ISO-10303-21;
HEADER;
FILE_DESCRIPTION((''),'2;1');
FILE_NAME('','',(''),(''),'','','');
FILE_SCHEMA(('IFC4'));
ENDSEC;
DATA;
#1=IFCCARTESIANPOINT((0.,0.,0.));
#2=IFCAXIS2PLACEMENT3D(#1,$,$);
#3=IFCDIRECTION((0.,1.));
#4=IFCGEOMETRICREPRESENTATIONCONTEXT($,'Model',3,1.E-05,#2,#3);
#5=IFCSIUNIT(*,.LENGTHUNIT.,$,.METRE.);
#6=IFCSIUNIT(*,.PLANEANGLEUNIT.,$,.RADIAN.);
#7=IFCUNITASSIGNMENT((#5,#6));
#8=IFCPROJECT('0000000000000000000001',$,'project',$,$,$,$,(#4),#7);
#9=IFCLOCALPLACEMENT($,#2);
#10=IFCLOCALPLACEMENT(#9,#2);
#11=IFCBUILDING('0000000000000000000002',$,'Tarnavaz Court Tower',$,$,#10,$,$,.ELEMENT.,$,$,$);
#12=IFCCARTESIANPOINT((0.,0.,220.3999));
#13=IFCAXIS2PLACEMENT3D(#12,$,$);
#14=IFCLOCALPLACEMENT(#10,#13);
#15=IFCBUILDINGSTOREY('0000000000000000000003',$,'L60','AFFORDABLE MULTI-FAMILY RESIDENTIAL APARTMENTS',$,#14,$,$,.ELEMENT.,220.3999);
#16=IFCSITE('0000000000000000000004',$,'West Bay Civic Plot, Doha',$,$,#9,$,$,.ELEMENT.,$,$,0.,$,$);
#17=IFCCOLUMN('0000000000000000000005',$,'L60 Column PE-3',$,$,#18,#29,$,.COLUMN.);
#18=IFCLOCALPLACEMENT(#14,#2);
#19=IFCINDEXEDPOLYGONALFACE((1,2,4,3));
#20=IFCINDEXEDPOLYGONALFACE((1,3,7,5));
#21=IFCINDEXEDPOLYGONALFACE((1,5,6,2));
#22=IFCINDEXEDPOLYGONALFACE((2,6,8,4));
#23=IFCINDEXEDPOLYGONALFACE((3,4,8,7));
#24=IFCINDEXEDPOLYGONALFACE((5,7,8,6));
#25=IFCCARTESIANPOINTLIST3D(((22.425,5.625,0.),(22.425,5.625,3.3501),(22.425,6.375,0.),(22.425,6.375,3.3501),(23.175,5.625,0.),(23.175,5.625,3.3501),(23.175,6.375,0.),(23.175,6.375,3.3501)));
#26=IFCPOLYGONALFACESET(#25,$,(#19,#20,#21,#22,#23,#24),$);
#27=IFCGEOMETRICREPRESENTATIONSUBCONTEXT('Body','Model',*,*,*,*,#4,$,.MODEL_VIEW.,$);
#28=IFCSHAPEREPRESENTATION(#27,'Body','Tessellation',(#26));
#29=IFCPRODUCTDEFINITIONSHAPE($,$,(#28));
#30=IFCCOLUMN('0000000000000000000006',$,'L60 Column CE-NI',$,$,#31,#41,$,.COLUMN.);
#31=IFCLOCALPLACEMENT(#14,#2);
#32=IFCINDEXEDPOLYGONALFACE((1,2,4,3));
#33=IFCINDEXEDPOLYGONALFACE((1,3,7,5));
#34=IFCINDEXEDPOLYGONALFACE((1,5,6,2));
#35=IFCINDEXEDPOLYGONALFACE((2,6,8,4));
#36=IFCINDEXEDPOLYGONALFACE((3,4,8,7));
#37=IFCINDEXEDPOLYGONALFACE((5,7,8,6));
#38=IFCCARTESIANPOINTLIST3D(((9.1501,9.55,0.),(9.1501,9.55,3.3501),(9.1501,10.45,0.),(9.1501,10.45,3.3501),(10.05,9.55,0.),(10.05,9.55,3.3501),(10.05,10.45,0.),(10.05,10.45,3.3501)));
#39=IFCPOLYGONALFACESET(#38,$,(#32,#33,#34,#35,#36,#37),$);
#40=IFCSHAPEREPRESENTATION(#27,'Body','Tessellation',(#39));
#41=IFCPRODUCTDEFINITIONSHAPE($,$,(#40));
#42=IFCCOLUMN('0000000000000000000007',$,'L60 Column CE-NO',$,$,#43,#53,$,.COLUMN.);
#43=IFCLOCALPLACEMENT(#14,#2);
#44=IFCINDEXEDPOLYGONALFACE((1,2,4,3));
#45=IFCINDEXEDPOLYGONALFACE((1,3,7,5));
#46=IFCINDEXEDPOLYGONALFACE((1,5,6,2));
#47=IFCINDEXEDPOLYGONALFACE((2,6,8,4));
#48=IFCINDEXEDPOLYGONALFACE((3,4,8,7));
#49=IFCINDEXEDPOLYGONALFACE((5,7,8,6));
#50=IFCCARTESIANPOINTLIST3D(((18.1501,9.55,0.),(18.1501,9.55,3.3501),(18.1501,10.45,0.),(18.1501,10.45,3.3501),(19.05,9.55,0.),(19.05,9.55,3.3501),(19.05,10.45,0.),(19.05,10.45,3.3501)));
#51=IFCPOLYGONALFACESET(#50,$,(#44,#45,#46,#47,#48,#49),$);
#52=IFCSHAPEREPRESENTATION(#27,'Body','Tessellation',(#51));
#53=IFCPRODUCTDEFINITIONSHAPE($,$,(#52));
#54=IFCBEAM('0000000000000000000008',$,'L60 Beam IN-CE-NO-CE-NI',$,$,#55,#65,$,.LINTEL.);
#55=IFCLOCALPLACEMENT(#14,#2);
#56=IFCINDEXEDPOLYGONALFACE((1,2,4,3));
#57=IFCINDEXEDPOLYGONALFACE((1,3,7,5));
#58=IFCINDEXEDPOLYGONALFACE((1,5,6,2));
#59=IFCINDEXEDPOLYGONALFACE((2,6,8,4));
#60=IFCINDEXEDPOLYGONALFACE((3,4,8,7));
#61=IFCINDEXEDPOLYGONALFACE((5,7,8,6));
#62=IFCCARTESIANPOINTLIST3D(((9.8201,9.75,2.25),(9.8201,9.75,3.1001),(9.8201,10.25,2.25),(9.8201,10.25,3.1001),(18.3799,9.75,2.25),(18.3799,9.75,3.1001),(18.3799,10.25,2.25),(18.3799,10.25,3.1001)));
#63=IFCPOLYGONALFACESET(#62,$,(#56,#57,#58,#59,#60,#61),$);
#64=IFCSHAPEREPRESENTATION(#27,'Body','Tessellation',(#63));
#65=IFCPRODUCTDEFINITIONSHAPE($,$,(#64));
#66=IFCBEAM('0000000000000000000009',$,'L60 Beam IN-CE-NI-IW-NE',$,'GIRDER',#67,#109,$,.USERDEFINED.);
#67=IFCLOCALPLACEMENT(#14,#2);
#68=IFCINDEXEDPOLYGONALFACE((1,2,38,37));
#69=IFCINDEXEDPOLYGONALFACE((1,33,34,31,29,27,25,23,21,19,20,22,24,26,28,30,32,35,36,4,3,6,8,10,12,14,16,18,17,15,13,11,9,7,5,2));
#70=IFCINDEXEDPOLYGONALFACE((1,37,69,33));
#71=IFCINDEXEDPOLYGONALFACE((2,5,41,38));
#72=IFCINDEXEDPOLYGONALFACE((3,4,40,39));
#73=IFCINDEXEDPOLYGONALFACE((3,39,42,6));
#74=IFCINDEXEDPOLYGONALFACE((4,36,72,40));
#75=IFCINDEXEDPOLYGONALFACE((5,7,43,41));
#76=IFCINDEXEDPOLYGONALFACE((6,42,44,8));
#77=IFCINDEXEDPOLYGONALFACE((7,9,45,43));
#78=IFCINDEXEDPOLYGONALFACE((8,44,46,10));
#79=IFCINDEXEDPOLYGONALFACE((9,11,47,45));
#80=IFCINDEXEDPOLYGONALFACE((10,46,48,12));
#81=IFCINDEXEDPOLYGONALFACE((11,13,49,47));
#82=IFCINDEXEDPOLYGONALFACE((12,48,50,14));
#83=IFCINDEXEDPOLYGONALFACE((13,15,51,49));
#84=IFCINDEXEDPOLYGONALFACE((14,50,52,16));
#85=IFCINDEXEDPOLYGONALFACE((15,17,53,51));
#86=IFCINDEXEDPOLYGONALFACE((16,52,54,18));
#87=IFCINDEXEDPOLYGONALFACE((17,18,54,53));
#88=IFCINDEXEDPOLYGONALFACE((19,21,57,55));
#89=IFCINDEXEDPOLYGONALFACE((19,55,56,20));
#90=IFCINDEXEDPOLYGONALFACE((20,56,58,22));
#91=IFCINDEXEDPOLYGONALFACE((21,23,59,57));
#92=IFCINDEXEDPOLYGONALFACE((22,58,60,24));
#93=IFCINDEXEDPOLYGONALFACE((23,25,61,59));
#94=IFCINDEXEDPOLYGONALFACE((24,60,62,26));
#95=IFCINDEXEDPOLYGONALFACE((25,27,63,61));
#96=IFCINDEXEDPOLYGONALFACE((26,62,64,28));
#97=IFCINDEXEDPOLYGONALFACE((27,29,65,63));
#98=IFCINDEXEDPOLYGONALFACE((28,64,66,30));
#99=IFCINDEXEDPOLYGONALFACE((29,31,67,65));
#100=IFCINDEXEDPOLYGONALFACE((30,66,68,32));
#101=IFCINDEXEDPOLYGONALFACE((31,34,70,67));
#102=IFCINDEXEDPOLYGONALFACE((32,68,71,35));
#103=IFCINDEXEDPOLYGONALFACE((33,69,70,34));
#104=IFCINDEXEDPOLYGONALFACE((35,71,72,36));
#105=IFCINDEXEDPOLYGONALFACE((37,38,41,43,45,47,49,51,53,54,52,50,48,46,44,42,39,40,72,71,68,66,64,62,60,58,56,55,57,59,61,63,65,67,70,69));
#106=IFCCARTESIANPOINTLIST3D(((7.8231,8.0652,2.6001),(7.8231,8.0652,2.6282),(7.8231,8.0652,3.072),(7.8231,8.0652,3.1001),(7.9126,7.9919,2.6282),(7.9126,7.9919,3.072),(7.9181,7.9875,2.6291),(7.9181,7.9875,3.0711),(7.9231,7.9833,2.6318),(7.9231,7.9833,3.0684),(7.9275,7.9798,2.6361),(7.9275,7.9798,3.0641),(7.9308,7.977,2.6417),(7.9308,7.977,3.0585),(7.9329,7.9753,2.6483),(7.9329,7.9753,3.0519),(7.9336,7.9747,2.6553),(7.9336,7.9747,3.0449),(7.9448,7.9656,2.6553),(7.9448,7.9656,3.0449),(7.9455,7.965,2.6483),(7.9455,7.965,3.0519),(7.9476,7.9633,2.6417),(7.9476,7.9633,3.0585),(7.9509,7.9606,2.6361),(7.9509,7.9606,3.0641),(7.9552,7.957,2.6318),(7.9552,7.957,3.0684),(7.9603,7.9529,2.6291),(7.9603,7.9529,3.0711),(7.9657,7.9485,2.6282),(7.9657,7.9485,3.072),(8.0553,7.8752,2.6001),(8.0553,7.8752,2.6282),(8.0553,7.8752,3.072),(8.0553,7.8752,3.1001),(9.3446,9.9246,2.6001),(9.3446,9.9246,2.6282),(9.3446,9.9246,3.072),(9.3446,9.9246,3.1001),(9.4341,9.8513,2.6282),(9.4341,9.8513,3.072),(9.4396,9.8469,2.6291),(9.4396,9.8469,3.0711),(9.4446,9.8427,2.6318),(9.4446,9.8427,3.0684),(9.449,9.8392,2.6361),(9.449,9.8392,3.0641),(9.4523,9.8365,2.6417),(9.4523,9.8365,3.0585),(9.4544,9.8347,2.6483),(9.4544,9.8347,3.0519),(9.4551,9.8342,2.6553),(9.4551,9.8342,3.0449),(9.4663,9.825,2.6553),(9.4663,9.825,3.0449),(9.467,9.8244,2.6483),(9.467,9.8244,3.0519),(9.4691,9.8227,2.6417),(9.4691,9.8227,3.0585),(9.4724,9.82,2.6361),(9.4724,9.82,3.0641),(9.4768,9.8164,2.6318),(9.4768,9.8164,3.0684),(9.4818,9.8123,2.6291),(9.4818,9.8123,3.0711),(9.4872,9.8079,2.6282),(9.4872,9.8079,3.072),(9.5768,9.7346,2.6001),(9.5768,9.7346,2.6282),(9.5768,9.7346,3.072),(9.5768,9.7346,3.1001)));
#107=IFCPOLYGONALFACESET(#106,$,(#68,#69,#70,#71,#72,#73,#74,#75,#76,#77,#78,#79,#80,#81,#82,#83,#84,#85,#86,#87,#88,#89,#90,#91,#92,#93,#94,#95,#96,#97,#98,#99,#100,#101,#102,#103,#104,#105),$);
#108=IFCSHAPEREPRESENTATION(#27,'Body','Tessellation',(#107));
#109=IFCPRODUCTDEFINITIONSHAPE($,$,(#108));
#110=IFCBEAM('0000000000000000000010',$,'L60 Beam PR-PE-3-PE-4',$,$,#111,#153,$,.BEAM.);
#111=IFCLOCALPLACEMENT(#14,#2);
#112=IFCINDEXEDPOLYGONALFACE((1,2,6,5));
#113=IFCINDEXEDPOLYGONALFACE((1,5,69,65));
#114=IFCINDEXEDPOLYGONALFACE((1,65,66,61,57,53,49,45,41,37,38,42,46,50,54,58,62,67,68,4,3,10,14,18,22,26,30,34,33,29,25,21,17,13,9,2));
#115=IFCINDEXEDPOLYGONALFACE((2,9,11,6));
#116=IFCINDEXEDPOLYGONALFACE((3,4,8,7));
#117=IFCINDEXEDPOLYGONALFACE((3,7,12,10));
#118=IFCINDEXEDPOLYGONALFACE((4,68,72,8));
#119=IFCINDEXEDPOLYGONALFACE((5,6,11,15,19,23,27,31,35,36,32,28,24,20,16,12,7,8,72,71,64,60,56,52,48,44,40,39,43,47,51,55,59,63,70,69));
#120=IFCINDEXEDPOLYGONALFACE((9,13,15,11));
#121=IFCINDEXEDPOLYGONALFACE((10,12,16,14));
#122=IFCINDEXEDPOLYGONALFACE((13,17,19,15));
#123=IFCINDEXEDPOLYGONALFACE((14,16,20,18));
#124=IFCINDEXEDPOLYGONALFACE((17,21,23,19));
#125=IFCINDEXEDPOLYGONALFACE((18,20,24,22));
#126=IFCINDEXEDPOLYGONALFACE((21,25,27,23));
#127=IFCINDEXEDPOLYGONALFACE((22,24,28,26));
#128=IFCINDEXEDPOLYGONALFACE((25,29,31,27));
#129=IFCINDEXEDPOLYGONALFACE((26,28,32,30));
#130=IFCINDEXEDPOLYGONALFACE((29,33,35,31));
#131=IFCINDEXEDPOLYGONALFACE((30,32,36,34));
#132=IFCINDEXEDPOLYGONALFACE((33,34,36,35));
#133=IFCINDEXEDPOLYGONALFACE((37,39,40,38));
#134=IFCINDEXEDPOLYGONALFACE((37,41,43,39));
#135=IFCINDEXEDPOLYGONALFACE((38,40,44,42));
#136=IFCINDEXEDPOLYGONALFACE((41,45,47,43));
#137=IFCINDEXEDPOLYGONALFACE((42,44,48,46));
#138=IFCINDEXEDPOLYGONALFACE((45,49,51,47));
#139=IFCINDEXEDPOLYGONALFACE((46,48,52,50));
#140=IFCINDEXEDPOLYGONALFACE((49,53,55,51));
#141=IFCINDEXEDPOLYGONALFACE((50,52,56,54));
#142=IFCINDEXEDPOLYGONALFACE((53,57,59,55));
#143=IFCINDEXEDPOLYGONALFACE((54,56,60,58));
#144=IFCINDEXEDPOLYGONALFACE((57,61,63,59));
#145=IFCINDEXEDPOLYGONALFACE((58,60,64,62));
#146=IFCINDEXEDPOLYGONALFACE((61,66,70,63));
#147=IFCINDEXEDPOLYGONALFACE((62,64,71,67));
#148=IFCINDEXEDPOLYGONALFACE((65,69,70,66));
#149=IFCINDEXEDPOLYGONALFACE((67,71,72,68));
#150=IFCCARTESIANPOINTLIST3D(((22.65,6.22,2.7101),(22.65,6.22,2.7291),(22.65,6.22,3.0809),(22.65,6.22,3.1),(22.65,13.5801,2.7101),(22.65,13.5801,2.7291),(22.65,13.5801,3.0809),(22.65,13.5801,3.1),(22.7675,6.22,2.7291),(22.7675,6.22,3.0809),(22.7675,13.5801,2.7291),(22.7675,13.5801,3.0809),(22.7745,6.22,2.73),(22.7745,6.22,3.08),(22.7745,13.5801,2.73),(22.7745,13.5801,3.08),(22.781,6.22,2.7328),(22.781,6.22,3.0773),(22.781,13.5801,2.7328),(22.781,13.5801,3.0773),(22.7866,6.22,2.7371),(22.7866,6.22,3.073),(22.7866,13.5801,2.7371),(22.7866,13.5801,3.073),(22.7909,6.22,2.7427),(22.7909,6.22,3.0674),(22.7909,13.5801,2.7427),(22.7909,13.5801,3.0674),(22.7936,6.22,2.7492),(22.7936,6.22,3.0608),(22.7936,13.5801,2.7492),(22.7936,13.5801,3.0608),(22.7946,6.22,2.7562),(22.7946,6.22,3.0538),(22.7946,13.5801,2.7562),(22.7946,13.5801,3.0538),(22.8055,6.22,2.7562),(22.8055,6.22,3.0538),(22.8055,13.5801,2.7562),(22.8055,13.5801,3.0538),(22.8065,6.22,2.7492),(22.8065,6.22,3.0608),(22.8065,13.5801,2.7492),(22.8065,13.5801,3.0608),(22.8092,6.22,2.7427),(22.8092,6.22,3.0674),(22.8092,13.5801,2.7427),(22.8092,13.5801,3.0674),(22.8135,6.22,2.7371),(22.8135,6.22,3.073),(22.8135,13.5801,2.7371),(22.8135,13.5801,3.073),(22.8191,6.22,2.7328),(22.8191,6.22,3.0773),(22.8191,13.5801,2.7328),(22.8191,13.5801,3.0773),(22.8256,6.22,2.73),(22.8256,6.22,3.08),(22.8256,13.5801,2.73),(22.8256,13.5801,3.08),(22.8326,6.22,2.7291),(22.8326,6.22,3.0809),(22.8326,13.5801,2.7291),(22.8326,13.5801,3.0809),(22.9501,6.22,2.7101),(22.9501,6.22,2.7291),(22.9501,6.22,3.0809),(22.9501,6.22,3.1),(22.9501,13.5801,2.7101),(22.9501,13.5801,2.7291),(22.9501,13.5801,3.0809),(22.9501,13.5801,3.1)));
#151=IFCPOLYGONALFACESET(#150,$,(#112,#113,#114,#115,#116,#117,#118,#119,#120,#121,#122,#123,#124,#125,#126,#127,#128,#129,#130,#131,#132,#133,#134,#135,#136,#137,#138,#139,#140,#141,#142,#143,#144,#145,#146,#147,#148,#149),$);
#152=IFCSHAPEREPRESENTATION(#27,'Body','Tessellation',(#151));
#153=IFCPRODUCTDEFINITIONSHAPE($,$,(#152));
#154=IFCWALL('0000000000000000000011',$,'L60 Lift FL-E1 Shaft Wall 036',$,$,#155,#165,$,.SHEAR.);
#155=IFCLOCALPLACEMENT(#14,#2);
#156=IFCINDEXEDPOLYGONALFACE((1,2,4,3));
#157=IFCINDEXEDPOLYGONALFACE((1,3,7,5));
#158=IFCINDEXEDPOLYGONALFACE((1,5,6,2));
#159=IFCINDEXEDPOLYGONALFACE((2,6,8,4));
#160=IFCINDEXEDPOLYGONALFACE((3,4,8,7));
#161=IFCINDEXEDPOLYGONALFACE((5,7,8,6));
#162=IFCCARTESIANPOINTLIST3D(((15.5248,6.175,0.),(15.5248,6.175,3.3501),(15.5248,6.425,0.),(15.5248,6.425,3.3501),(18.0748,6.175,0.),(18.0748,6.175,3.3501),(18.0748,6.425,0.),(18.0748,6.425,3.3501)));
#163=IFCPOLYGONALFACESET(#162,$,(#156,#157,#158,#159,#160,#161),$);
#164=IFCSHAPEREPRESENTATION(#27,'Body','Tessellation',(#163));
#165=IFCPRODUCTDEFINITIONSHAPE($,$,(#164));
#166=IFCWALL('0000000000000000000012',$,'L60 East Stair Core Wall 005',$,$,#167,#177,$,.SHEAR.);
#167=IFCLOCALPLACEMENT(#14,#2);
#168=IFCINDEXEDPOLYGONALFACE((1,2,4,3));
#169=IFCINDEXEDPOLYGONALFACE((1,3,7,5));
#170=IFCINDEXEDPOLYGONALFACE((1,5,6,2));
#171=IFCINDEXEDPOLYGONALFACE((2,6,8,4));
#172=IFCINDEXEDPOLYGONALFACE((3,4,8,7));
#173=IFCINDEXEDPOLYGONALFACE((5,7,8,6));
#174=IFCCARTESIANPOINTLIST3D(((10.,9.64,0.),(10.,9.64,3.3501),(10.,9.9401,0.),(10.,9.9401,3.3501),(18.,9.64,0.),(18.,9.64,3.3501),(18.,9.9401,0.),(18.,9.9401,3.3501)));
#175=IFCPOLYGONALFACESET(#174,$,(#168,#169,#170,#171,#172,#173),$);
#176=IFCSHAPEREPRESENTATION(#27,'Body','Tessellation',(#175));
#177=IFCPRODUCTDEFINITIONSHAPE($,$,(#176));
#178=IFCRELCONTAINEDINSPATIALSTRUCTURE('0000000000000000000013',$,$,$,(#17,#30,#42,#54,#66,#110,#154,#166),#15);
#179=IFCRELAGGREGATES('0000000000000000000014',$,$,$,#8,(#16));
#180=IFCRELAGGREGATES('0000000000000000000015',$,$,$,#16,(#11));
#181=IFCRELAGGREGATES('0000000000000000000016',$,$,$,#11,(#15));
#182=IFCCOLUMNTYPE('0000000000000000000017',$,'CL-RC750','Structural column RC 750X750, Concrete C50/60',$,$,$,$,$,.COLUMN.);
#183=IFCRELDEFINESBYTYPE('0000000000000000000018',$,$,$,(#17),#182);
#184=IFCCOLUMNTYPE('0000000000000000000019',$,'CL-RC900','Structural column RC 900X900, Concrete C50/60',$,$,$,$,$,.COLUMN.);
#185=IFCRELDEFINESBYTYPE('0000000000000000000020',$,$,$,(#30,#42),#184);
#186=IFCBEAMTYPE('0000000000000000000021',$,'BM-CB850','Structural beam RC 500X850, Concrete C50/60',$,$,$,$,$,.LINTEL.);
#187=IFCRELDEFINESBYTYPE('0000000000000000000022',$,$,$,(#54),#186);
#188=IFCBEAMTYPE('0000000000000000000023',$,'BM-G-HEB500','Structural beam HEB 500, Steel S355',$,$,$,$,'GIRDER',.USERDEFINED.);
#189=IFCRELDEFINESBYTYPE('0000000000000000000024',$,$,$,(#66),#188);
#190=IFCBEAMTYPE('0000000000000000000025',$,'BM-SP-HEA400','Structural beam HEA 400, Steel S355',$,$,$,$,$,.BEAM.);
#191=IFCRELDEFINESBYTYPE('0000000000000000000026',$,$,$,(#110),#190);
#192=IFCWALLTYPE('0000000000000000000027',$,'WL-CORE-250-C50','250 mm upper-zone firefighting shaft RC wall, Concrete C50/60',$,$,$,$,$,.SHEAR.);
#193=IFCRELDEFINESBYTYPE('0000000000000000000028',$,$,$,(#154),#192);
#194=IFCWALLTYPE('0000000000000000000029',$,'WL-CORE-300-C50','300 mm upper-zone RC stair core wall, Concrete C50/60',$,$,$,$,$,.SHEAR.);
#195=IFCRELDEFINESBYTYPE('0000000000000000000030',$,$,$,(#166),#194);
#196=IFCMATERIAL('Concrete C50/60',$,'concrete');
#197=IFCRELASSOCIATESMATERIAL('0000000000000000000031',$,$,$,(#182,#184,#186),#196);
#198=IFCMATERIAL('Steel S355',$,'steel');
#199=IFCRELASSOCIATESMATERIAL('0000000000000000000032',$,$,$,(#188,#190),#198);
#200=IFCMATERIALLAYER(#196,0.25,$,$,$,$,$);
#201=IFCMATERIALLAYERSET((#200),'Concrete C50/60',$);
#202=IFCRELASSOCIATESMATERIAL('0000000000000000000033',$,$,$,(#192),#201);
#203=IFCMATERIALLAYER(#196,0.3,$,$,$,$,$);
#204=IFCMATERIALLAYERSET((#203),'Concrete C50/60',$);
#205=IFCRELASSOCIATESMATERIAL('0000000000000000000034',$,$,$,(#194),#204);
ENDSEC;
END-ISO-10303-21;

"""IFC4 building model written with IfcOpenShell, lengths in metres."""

from ifc_helpers import new_model, si_unit, direction, frame, frame_2d, origin, origin_2d, place, context, subcontext, project, spatial, rectangle, i_section, extrude, material, layer, layer_set, material_profile, profile_set, type_object, element, save


model = new_model("IFC4")

# Units and contexts
model_context = context("Model", 3, precision=1e-05, world=origin(), true_north=direction((0.0, 1.0)))
body_context = subcontext(model_context, "Body", "Model", "MODEL_VIEW")
ifc_project = project(units=[si_unit("LENGTHUNIT", "METRE"), si_unit("PLANEANGLEUNIT", "RADIAN")], contexts=[model_context])

# Site, building, storey
site_placement = place(None, origin())
site = spatial("IfcSite", under=ifc_project, at=site_placement, Name="West Bay Civic Plot, Doha", CompositionType="ELEMENT", RefElevation=0.0)
building_placement = place(site_placement, origin())
building = spatial("IfcBuilding", under=site, at=building_placement, Name="Tarnavaz Court Tower", CompositionType="ELEMENT")
storey_placement = place(building_placement, frame((0.0, 0.0, 220.3999)))
storey = spatial("IfcBuildingStorey", under=building, at=storey_placement, Name="L60", Description="AFFORDABLE MULTI-FAMILY RESIDENTIAL APARTMENTS", CompositionType="ELEMENT", Elevation=220.3999)

# Columns
ifc_material_1 = material(Name="Concrete C50/60", Category="concrete")
ifc_material_profile_1 = material_profile(ifc_material_1, rectangle(XDim=0.75, YDim=0.75, at=origin_2d()), Name="RC 750X750")
ifc_profile_set_1 = profile_set([ifc_material_profile_1], Name="Concrete C50/60")
column_type_1 = type_object("IfcColumnType", Name="CL-RC750", Description="Structural column RC 750X750, Concrete C50/60", PredefinedType="COLUMN", material=ifc_profile_set_1)
column_placement = place(storey_placement, frame((22.8, 6.0, 0.0), z_axis=(0.0, 0.0, 1.0), x_axis=(1.0, 0.0, 0.0)))
element("IfcColumn", 1, at=column_placement, inside=storey, type_object=column_type_1, Name="L60 Column PE-3", PredefinedType="COLUMN", context=body_context, shape_type="SweptSolid", body=[
    extrude(rectangle(XDim=0.75, YDim=0.75, at=origin_2d()), origin(), (0.0, 0.0, 1.0), 3.3501),
])
ifc_material_profile_2 = material_profile(ifc_material_1, rectangle(XDim=0.8999, YDim=0.8999, at=origin_2d()), Name="RC 900X900")
ifc_profile_set_2 = profile_set([ifc_material_profile_2], Name="Concrete C50/60")
column_type_2 = type_object("IfcColumnType", Name="CL-RC900", Description="Structural column RC 900X900, Concrete C50/60", PredefinedType="COLUMN", material=ifc_profile_set_2)
for number, where, z_axis, x_axis, name in (
    (2, (9.6001, 10.0, 0.0), (0.0, 0.0, 1.0), (1.0, 0.0, 0.0), "L60 Column CE-NI"),
    (3, (18.6001, 10.0, 0.0), (0.0, 0.0, 1.0), (1.0, 0.0, 0.0), "L60 Column CE-NO"),
):
    element("IfcColumn", number, at=place(storey_placement, frame(where, z_axis=z_axis, x_axis=x_axis)), inside=storey, type_object=column_type_2, Name=name, PredefinedType="COLUMN", context=body_context, shape_type="SweptSolid", body=[
        extrude(rectangle(XDim=0.8999, YDim=0.8999, at=origin_2d()), origin(), (0.0, 0.0, 1.0), 3.3501),
    ])

# Beams
ifc_material_profile_3 = material_profile(ifc_material_1, rectangle(XDim=0.5, YDim=0.8501, at=origin_2d()), Name="RC 500X850")
ifc_profile_set_3 = profile_set([ifc_material_profile_3], Name="Concrete C50/60")
beam_type_1 = type_object("IfcBeamType", Name="BM-CB850", Description="Structural beam RC 500X850, Concrete C50/60", PredefinedType="LINTEL", material=ifc_profile_set_3)
beam_1_placement = place(storey_placement, frame((18.3799, 10.0, 2.675), z_axis=(-1.0, 0.0, 0.0), x_axis=(0.0, -1.0, 0.0)))
element("IfcBeam", 4, at=beam_1_placement, inside=storey, type_object=beam_type_1, Name="L60 Beam IN-CE-NO-CE-NI", PredefinedType="LINTEL", context=body_context, shape_type="SweptSolid", body=[
    extrude(rectangle(XDim=0.5, YDim=0.8501, at=origin_2d()), origin(), (0.0, 0.0, 1.0), 8.5598),
])
ifc_material_2 = material(Name="Steel S355", Category="steel")
ifc_material_profile_4 = material_profile(ifc_material_2, i_section(OverallWidth=0.3, OverallDepth=0.5, WebThickness=0.0144, FlangeThickness=0.0281, FilletRadius=0.0271, at=origin_2d()), Name="HEB 500")
ifc_profile_set_4 = profile_set([ifc_material_profile_4], Name="Steel S355")
beam_type_2 = type_object("IfcBeamType", Name="BM-G-HEB500", Description="Structural beam HEB 500, Steel S355", ElementType="GIRDER", PredefinedType="USERDEFINED", material=ifc_profile_set_4)
beam_2_placement = place(storey_placement, frame((9.4607, 9.8296, 2.8501), z_axis=(-0.633282, -0.773921, 0.0), x_axis=(0.773921, -0.633282, 0.0)))
element("IfcBeam", 5, at=beam_2_placement, inside=storey, type_object=beam_type_2, Name="L60 Beam IN-CE-NI-IW-NE", ObjectType="GIRDER", PredefinedType="USERDEFINED", context=body_context, shape_type="SweptSolid", body=[
    extrude(i_section(OverallWidth=0.3, OverallDepth=0.5, WebThickness=0.0144, FlangeThickness=0.0281, FilletRadius=0.0271, at=origin_2d()), origin(), (0.0, 0.0, 1.0), 2.4026),
])
ifc_material_profile_5 = material_profile(ifc_material_2, i_section(OverallWidth=0.3, OverallDepth=0.3899, WebThickness=0.011, FlangeThickness=0.019, FilletRadius=0.0271, at=origin_2d()), Name="HEA 400")
ifc_profile_set_5 = profile_set([ifc_material_profile_5], Name="Steel S355")
beam_type_3 = type_object("IfcBeamType", Name="BM-SP-HEA400", Description="Structural beam HEA 400, Steel S355", PredefinedType="BEAM", material=ifc_profile_set_5)
beam_3_placement = place(storey_placement, frame((22.8, 6.22, 2.905), z_axis=(0.0, 1.0, 0.0), x_axis=(-1.0, 0.0, 0.0)))
element("IfcBeam", 6, at=beam_3_placement, inside=storey, type_object=beam_type_3, Name="L60 Beam PR-PE-3-PE-4", PredefinedType="BEAM", context=body_context, shape_type="SweptSolid", body=[
    extrude(i_section(OverallWidth=0.3, OverallDepth=0.3899, WebThickness=0.011, FlangeThickness=0.019, FilletRadius=0.0271, at=origin_2d()), origin(), (0.0, 0.0, 1.0), 7.3601),
])

# Walls
ifc_layer_1 = layer(ifc_material_1, 0.25)
ifc_layer_set_1 = layer_set([ifc_layer_1], Name="Concrete C50/60")
wall_type_1 = type_object("IfcWallType", Name="WL-CORE-250-C50", Description="250 mm upper-zone firefighting shaft RC wall, Concrete C50/60", PredefinedType="SHEAR", material=ifc_layer_set_1)
wall_1_placement = place(storey_placement, frame((15.5249, 6.3, 0.0), z_axis=(0.0, 0.0, 1.0), x_axis=(1.0, 0.0, 0.0)))
element("IfcWall", 7, at=wall_1_placement, inside=storey, type_object=wall_type_1, Name="L60 Lift FL-E1 Shaft Wall 036", PredefinedType="SHEAR", context=body_context, shape_type="SweptSolid", body=[
    extrude(rectangle(XDim=2.55, YDim=0.25, at=frame_2d((1.2749, 0.0))), origin(), (0.0, 0.0, 1.0), 3.3501),
])
ifc_layer_2 = layer(ifc_material_1, 0.3)
ifc_layer_set_2 = layer_set([ifc_layer_2], Name="Concrete C50/60")
wall_type_2 = type_object("IfcWallType", Name="WL-CORE-300-C50", Description="300 mm upper-zone RC stair core wall, Concrete C50/60", PredefinedType="SHEAR", material=ifc_layer_set_2)
wall_2_placement = place(storey_placement, frame((10.0, 9.79, 0.0), z_axis=(0.0, 0.0, 1.0), x_axis=(1.0, 0.0, 0.0)))
element("IfcWall", 8, at=wall_2_placement, inside=storey, type_object=wall_type_2, Name="L60 East Stair Core Wall 005", PredefinedType="SHEAR", context=body_context, shape_type="SweptSolid", body=[
    extrude(rectangle(XDim=8.0, YDim=0.3, at=frame_2d((4.0, 0.0))), origin(), (0.0, 0.0, 1.0), 3.3501),
])

save(model, "model.ifc")
